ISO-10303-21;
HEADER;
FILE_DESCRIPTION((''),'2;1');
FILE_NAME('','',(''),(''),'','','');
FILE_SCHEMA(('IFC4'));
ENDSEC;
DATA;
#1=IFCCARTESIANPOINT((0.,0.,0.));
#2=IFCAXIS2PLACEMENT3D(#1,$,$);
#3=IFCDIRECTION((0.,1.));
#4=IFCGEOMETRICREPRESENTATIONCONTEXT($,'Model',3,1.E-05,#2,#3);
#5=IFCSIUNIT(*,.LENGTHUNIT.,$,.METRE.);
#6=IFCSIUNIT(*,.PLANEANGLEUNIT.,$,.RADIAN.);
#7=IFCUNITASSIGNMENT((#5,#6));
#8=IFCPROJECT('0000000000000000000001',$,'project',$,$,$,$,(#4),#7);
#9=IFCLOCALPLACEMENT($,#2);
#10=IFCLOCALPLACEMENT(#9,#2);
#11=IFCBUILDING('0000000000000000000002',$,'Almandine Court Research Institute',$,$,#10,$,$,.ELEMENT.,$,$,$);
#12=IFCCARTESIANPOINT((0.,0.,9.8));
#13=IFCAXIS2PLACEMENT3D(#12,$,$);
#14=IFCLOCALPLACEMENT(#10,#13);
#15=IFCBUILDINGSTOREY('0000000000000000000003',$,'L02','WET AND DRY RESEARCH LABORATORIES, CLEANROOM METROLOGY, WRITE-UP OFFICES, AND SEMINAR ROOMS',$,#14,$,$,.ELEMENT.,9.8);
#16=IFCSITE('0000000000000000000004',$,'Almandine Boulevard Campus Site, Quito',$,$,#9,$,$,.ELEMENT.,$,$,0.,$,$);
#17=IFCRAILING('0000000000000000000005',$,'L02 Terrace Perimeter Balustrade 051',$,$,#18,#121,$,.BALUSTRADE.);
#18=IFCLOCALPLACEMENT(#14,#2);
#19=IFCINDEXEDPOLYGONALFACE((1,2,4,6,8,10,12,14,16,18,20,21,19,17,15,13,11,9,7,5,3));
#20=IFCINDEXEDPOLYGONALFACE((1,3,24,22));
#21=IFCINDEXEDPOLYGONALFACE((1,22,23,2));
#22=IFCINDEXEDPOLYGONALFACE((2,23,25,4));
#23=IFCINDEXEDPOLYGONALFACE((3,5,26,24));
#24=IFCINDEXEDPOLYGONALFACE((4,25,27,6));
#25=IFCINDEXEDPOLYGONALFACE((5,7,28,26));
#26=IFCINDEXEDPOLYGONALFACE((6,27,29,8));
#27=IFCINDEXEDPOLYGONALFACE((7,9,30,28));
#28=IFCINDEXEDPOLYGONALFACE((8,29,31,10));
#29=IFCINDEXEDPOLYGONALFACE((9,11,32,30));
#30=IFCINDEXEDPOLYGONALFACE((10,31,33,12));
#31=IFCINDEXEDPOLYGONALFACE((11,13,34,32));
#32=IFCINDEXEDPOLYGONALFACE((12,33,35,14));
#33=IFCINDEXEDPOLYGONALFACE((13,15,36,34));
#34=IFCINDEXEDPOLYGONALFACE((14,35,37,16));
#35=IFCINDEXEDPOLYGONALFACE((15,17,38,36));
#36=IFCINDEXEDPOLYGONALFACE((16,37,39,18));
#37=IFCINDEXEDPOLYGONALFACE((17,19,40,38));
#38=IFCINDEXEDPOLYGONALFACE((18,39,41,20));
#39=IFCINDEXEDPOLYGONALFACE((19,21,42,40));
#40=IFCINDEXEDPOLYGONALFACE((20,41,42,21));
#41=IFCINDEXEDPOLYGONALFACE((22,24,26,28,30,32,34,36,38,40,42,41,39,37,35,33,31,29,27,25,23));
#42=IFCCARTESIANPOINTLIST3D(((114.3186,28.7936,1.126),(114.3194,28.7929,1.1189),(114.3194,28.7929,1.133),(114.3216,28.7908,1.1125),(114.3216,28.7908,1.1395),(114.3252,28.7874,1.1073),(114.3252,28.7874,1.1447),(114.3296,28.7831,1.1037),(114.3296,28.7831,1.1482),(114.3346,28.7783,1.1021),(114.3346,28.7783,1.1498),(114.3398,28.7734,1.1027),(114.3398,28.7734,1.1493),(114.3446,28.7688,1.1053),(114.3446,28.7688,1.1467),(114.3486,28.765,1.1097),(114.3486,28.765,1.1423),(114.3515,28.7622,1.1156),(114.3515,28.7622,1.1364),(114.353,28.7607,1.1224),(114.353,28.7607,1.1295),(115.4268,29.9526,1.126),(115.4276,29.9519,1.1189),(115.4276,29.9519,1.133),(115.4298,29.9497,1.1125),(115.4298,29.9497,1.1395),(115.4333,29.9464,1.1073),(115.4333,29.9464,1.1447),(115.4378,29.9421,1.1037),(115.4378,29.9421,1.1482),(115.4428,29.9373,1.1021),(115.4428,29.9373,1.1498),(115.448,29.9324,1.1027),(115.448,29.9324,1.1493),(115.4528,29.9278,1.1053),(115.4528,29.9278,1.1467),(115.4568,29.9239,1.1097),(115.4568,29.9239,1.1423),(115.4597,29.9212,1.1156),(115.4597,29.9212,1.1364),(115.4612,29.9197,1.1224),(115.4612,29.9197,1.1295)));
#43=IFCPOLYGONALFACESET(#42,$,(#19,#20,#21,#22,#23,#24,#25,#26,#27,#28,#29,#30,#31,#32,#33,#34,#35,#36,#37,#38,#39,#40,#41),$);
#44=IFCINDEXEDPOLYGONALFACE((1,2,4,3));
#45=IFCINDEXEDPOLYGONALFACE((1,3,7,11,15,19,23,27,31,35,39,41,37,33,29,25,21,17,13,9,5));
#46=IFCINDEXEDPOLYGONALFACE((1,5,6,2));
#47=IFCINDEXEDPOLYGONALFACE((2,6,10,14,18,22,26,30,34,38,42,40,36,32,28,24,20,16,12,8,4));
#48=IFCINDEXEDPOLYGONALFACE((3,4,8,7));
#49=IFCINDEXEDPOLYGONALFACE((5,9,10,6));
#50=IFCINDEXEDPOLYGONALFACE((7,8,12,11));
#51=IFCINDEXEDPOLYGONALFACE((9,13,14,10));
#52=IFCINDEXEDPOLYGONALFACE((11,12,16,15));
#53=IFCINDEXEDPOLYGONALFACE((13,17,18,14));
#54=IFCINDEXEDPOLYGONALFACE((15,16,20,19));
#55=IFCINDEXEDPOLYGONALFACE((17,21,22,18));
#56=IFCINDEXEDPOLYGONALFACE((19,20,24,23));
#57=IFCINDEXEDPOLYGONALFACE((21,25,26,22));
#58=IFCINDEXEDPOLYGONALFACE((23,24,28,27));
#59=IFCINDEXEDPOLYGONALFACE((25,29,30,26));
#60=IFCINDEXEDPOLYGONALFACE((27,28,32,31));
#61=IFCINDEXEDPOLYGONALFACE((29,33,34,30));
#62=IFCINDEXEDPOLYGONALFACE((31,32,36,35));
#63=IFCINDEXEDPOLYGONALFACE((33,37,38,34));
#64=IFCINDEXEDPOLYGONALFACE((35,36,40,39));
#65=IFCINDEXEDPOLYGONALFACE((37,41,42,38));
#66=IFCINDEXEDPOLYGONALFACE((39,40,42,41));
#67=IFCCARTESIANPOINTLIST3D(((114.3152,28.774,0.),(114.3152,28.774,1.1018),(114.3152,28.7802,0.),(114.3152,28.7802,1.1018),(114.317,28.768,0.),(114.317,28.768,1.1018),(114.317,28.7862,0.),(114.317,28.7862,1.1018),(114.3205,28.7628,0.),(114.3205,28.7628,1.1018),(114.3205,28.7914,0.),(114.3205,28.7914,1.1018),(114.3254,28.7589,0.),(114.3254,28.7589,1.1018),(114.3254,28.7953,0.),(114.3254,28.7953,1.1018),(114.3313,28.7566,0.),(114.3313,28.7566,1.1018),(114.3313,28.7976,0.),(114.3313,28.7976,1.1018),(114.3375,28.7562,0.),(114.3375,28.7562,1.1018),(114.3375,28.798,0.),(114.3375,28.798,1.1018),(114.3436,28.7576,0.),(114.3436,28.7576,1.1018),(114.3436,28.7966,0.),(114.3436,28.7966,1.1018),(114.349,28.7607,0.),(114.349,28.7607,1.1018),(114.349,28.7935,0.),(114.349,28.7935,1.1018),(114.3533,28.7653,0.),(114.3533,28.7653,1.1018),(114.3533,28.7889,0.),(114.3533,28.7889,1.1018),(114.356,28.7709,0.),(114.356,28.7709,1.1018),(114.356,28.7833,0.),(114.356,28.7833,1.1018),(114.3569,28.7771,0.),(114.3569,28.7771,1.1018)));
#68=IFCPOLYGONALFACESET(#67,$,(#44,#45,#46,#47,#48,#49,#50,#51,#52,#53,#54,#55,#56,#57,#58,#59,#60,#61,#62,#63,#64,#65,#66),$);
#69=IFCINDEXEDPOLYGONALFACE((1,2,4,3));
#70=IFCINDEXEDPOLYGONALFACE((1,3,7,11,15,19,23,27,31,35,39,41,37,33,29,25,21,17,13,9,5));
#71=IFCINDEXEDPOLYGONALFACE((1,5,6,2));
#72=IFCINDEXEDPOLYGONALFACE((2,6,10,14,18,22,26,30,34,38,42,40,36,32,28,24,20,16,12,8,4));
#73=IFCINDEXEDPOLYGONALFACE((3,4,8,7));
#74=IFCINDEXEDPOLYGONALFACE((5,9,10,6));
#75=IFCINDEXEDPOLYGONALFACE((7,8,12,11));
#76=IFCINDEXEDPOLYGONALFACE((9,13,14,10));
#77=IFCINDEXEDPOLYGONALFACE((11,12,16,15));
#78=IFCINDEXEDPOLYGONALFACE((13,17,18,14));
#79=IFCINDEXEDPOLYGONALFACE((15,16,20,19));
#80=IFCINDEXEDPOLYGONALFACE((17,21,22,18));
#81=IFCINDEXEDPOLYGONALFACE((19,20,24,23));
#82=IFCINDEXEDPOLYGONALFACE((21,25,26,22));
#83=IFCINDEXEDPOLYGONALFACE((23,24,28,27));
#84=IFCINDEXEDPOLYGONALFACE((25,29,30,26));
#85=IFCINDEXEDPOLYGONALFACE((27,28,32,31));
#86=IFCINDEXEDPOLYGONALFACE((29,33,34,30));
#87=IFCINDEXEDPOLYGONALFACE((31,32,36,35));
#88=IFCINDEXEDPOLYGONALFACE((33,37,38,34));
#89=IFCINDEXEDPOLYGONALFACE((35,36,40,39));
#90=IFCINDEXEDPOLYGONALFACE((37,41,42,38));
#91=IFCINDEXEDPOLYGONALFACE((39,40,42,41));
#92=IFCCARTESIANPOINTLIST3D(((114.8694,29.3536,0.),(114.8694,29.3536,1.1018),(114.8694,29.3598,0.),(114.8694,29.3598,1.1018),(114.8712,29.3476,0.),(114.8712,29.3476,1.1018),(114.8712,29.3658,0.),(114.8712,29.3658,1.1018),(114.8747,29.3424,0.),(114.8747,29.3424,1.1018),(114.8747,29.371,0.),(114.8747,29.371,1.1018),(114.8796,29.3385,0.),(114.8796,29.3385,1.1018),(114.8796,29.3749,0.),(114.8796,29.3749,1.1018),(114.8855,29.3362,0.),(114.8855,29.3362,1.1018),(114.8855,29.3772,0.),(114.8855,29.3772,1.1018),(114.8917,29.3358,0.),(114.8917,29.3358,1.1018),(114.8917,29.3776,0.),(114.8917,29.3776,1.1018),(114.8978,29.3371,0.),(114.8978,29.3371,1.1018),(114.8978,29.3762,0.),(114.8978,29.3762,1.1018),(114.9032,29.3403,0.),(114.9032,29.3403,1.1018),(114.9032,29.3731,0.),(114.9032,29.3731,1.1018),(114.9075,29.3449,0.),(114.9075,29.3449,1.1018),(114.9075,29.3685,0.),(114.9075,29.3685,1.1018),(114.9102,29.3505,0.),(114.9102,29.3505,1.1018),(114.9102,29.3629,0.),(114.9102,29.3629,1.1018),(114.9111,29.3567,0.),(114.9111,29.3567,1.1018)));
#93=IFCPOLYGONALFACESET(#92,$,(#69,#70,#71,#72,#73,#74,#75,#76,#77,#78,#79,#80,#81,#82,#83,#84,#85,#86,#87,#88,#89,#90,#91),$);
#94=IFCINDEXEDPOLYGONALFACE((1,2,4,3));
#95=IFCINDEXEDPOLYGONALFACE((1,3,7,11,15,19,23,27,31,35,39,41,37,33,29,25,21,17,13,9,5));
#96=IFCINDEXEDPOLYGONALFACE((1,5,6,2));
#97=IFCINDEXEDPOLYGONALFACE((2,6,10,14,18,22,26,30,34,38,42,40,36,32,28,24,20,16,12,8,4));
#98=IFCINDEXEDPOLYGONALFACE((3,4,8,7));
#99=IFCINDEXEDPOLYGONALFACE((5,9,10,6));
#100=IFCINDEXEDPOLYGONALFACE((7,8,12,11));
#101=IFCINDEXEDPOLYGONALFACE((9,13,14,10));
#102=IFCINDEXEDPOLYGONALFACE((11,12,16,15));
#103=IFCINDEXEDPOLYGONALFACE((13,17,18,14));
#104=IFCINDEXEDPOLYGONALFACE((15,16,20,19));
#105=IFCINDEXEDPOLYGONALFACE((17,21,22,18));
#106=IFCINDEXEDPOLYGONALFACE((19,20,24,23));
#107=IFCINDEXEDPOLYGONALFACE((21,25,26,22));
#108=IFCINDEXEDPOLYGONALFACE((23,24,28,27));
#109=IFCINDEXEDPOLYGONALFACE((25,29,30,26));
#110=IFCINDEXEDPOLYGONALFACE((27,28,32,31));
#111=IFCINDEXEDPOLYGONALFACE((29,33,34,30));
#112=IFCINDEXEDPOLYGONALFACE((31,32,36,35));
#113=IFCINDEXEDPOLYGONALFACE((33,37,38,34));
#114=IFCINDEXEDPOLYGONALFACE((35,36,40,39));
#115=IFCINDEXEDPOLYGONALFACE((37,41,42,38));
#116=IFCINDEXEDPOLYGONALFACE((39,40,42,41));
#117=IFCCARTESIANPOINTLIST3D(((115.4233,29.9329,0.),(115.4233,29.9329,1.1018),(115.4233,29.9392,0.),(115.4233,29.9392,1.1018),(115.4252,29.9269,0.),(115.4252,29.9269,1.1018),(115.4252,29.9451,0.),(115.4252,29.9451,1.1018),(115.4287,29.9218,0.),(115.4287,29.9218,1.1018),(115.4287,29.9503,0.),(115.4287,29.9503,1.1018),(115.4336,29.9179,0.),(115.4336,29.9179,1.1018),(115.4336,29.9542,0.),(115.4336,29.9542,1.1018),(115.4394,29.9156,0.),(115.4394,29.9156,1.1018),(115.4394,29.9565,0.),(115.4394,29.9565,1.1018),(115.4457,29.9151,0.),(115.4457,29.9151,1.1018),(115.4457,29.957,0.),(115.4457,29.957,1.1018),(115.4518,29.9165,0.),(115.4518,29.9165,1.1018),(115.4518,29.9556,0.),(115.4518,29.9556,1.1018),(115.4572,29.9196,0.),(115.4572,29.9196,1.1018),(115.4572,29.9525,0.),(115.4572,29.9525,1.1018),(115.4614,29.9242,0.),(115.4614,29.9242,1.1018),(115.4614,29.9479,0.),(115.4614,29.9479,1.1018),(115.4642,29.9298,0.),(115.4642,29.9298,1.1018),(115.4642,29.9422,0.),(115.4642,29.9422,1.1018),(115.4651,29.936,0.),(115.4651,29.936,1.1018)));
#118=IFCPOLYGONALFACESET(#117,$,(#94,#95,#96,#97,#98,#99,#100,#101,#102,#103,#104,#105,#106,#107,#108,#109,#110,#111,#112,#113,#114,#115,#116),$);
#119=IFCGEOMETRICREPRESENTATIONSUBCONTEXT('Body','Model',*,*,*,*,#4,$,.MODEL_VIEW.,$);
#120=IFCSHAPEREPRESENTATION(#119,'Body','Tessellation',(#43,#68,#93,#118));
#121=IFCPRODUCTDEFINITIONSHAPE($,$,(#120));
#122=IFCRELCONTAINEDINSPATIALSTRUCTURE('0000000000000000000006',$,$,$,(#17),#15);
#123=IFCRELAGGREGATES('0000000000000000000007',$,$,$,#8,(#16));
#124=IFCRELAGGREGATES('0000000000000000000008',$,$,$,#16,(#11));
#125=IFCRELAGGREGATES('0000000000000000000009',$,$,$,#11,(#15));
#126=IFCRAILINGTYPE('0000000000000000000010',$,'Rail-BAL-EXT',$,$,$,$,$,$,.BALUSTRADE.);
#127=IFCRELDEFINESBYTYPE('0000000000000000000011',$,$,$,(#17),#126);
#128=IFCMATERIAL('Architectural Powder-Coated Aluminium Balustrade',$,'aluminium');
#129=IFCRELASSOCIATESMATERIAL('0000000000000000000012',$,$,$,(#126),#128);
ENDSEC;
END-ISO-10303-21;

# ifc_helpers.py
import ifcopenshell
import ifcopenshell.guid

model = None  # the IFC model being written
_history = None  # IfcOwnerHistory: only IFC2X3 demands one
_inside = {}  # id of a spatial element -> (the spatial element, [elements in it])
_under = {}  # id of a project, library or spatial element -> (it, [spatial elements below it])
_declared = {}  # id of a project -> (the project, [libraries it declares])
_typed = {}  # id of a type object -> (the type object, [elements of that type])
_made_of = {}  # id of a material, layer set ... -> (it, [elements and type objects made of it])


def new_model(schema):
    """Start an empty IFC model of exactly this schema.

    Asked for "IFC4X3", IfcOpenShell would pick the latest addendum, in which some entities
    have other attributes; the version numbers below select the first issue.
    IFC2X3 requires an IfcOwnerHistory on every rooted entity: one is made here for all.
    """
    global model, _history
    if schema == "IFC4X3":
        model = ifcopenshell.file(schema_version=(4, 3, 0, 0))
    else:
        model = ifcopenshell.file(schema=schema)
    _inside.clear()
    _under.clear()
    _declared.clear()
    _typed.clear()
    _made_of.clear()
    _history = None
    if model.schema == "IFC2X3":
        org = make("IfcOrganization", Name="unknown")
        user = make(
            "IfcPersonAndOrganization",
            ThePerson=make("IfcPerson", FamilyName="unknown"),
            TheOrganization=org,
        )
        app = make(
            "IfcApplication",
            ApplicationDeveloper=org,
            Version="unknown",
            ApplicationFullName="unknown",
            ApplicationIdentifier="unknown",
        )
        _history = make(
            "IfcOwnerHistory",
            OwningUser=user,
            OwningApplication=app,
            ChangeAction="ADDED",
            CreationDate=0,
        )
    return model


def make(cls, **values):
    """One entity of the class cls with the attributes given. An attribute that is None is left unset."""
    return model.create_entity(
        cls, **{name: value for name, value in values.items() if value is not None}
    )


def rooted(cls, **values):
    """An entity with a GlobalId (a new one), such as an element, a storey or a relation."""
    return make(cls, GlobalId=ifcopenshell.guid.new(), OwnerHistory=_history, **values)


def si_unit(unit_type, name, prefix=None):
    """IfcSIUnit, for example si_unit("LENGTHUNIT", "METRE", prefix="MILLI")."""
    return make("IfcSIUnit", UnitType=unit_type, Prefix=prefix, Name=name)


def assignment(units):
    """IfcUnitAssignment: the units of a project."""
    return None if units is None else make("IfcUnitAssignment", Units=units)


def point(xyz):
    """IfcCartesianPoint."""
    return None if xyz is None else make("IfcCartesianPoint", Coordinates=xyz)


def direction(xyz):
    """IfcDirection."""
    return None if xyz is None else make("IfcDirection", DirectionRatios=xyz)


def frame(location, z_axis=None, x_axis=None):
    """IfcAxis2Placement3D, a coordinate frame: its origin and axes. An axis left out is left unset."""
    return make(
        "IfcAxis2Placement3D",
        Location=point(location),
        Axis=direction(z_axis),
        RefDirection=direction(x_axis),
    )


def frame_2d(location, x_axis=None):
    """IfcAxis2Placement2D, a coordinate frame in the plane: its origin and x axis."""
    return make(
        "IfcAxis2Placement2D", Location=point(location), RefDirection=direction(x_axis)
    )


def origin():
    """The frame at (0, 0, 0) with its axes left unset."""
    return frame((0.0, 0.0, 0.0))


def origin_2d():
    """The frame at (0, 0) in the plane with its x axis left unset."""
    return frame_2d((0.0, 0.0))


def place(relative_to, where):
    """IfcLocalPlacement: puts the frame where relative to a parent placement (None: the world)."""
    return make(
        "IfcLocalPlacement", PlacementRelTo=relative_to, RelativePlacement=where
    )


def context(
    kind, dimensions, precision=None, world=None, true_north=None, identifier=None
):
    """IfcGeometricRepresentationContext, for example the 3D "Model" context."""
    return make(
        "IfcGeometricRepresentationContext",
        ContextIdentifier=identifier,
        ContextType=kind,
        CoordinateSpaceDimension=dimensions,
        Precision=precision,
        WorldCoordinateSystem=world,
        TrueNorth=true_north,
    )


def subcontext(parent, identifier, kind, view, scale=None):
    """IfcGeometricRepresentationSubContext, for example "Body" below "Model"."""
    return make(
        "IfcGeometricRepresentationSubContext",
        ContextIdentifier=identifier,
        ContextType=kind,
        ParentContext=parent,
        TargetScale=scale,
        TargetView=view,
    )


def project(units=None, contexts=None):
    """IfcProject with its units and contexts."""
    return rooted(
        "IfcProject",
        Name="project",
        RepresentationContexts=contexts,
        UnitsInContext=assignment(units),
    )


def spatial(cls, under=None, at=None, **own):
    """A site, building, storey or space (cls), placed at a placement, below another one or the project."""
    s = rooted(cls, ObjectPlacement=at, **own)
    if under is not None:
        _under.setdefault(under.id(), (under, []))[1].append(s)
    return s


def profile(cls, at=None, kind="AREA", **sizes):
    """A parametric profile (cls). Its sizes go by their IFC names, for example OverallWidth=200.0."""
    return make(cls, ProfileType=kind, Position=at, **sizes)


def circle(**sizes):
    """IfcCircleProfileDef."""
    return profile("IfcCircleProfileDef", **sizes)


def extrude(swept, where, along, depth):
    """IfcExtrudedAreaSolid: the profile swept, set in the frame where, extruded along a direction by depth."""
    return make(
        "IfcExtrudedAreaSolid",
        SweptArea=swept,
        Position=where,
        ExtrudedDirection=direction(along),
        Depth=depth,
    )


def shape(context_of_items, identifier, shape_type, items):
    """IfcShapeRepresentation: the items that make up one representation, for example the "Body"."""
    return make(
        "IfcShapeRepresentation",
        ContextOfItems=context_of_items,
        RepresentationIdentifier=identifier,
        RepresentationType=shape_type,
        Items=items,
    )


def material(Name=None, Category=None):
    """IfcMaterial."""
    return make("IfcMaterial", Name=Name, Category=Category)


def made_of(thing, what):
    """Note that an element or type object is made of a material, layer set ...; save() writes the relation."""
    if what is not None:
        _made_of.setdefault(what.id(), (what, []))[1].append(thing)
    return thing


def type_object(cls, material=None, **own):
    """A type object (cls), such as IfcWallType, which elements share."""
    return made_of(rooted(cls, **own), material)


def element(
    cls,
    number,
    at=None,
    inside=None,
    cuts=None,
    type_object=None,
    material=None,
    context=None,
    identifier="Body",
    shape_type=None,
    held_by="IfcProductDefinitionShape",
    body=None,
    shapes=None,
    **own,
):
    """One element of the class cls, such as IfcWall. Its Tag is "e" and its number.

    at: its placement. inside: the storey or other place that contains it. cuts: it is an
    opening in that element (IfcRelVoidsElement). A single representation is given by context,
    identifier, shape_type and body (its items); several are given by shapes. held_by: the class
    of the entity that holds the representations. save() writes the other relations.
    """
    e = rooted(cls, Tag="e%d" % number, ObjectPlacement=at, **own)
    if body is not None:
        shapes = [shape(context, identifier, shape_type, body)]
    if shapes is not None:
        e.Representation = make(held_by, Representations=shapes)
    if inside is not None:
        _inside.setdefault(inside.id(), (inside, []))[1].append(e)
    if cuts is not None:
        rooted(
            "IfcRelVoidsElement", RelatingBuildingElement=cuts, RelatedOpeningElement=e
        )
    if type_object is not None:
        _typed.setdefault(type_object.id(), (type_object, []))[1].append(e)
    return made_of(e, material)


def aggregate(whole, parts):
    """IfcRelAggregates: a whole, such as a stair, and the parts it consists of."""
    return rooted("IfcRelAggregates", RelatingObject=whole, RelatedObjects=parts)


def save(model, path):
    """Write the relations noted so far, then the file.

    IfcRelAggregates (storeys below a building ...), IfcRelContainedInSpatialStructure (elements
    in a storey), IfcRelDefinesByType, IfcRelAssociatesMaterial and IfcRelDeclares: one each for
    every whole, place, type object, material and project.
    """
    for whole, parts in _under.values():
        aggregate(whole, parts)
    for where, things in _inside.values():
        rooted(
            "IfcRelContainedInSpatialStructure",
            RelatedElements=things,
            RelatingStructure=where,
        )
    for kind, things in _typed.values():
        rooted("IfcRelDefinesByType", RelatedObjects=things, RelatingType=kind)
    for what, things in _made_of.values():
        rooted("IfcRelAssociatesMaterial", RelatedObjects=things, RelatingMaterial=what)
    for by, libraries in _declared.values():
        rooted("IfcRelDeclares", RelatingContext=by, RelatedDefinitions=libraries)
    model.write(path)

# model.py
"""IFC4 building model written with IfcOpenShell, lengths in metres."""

from ifc_helpers import new_model, si_unit, direction, frame, origin, origin_2d, place, context, subcontext, project, spatial, circle, extrude, material, type_object, element, save


model = new_model("IFC4")

# Units and contexts
model_context = context("Model", 3, precision=1e-05, world=origin(), true_north=direction((0.0, 1.0)))
body_context = subcontext(model_context, "Body", "Model", "MODEL_VIEW")
ifc_project = project(units=[si_unit("LENGTHUNIT", "METRE"), si_unit("PLANEANGLEUNIT", "RADIAN")], contexts=[model_context])

# Site, building, storey
site_placement = place(None, origin())
site = spatial("IfcSite", under=ifc_project, at=site_placement, Name="Almandine Boulevard Campus Site, Quito", CompositionType="ELEMENT", RefElevation=0.0)
building_placement = place(site_placement, origin())
building = spatial("IfcBuilding", under=site, at=building_placement, Name="Almandine Court Research Institute", CompositionType="ELEMENT")
storey_placement = place(building_placement, frame((0.0, 0.0, 9.8)))
storey = spatial("IfcBuildingStorey", under=building, at=storey_placement, Name="L02", Description="WET AND DRY RESEARCH LABORATORIES, CLEANROOM METROLOGY, WRITE-UP OFFICES, AND SEMINAR ROOMS", CompositionType="ELEMENT", Elevation=9.8)

# Railing
ifc_material_1 = material(Name="Architectural Powder-Coated Aluminium Balustrade", Category="aluminium")
railing_type = type_object("IfcRailingType", Name="Rail-BAL-EXT", PredefinedType="BALUSTRADE", material=ifc_material_1)
railing_1_placement = place(storey_placement, frame((114.3359, 28.7771, 0.0)))
element("IfcRailing", 1, at=railing_1_placement, inside=storey, type_object=railing_type, Name="L02 Terrace Perimeter Balustrade 051", PredefinedType="BALUSTRADE", context=body_context, shape_type="SweptSolid", body=[
    extrude(circle(Radius=0.0239, at=origin_2d()), frame((0.0, 0.0, 1.126), z_axis=(0.691095, 0.722764, 0.0), x_axis=(-0.722764, 0.691095, 0.0)), (0.0, 0.0, 1.0), 1.6035),
    extrude(circle(Radius=0.021, at=origin_2d()), origin(), (0.0, 0.0, 1.0), 1.1018),
    extrude(circle(Radius=0.021, at=origin_2d()), frame((0.5542, 0.5796, 0.0)), (0.0, 0.0, 1.0), 1.1018),
    extrude(circle(Radius=0.021, at=origin_2d()), frame((1.1082, 1.1589, 0.0)), (0.0, 0.0, 1.0), 1.1018),
])

save(model, "model.ifc")
